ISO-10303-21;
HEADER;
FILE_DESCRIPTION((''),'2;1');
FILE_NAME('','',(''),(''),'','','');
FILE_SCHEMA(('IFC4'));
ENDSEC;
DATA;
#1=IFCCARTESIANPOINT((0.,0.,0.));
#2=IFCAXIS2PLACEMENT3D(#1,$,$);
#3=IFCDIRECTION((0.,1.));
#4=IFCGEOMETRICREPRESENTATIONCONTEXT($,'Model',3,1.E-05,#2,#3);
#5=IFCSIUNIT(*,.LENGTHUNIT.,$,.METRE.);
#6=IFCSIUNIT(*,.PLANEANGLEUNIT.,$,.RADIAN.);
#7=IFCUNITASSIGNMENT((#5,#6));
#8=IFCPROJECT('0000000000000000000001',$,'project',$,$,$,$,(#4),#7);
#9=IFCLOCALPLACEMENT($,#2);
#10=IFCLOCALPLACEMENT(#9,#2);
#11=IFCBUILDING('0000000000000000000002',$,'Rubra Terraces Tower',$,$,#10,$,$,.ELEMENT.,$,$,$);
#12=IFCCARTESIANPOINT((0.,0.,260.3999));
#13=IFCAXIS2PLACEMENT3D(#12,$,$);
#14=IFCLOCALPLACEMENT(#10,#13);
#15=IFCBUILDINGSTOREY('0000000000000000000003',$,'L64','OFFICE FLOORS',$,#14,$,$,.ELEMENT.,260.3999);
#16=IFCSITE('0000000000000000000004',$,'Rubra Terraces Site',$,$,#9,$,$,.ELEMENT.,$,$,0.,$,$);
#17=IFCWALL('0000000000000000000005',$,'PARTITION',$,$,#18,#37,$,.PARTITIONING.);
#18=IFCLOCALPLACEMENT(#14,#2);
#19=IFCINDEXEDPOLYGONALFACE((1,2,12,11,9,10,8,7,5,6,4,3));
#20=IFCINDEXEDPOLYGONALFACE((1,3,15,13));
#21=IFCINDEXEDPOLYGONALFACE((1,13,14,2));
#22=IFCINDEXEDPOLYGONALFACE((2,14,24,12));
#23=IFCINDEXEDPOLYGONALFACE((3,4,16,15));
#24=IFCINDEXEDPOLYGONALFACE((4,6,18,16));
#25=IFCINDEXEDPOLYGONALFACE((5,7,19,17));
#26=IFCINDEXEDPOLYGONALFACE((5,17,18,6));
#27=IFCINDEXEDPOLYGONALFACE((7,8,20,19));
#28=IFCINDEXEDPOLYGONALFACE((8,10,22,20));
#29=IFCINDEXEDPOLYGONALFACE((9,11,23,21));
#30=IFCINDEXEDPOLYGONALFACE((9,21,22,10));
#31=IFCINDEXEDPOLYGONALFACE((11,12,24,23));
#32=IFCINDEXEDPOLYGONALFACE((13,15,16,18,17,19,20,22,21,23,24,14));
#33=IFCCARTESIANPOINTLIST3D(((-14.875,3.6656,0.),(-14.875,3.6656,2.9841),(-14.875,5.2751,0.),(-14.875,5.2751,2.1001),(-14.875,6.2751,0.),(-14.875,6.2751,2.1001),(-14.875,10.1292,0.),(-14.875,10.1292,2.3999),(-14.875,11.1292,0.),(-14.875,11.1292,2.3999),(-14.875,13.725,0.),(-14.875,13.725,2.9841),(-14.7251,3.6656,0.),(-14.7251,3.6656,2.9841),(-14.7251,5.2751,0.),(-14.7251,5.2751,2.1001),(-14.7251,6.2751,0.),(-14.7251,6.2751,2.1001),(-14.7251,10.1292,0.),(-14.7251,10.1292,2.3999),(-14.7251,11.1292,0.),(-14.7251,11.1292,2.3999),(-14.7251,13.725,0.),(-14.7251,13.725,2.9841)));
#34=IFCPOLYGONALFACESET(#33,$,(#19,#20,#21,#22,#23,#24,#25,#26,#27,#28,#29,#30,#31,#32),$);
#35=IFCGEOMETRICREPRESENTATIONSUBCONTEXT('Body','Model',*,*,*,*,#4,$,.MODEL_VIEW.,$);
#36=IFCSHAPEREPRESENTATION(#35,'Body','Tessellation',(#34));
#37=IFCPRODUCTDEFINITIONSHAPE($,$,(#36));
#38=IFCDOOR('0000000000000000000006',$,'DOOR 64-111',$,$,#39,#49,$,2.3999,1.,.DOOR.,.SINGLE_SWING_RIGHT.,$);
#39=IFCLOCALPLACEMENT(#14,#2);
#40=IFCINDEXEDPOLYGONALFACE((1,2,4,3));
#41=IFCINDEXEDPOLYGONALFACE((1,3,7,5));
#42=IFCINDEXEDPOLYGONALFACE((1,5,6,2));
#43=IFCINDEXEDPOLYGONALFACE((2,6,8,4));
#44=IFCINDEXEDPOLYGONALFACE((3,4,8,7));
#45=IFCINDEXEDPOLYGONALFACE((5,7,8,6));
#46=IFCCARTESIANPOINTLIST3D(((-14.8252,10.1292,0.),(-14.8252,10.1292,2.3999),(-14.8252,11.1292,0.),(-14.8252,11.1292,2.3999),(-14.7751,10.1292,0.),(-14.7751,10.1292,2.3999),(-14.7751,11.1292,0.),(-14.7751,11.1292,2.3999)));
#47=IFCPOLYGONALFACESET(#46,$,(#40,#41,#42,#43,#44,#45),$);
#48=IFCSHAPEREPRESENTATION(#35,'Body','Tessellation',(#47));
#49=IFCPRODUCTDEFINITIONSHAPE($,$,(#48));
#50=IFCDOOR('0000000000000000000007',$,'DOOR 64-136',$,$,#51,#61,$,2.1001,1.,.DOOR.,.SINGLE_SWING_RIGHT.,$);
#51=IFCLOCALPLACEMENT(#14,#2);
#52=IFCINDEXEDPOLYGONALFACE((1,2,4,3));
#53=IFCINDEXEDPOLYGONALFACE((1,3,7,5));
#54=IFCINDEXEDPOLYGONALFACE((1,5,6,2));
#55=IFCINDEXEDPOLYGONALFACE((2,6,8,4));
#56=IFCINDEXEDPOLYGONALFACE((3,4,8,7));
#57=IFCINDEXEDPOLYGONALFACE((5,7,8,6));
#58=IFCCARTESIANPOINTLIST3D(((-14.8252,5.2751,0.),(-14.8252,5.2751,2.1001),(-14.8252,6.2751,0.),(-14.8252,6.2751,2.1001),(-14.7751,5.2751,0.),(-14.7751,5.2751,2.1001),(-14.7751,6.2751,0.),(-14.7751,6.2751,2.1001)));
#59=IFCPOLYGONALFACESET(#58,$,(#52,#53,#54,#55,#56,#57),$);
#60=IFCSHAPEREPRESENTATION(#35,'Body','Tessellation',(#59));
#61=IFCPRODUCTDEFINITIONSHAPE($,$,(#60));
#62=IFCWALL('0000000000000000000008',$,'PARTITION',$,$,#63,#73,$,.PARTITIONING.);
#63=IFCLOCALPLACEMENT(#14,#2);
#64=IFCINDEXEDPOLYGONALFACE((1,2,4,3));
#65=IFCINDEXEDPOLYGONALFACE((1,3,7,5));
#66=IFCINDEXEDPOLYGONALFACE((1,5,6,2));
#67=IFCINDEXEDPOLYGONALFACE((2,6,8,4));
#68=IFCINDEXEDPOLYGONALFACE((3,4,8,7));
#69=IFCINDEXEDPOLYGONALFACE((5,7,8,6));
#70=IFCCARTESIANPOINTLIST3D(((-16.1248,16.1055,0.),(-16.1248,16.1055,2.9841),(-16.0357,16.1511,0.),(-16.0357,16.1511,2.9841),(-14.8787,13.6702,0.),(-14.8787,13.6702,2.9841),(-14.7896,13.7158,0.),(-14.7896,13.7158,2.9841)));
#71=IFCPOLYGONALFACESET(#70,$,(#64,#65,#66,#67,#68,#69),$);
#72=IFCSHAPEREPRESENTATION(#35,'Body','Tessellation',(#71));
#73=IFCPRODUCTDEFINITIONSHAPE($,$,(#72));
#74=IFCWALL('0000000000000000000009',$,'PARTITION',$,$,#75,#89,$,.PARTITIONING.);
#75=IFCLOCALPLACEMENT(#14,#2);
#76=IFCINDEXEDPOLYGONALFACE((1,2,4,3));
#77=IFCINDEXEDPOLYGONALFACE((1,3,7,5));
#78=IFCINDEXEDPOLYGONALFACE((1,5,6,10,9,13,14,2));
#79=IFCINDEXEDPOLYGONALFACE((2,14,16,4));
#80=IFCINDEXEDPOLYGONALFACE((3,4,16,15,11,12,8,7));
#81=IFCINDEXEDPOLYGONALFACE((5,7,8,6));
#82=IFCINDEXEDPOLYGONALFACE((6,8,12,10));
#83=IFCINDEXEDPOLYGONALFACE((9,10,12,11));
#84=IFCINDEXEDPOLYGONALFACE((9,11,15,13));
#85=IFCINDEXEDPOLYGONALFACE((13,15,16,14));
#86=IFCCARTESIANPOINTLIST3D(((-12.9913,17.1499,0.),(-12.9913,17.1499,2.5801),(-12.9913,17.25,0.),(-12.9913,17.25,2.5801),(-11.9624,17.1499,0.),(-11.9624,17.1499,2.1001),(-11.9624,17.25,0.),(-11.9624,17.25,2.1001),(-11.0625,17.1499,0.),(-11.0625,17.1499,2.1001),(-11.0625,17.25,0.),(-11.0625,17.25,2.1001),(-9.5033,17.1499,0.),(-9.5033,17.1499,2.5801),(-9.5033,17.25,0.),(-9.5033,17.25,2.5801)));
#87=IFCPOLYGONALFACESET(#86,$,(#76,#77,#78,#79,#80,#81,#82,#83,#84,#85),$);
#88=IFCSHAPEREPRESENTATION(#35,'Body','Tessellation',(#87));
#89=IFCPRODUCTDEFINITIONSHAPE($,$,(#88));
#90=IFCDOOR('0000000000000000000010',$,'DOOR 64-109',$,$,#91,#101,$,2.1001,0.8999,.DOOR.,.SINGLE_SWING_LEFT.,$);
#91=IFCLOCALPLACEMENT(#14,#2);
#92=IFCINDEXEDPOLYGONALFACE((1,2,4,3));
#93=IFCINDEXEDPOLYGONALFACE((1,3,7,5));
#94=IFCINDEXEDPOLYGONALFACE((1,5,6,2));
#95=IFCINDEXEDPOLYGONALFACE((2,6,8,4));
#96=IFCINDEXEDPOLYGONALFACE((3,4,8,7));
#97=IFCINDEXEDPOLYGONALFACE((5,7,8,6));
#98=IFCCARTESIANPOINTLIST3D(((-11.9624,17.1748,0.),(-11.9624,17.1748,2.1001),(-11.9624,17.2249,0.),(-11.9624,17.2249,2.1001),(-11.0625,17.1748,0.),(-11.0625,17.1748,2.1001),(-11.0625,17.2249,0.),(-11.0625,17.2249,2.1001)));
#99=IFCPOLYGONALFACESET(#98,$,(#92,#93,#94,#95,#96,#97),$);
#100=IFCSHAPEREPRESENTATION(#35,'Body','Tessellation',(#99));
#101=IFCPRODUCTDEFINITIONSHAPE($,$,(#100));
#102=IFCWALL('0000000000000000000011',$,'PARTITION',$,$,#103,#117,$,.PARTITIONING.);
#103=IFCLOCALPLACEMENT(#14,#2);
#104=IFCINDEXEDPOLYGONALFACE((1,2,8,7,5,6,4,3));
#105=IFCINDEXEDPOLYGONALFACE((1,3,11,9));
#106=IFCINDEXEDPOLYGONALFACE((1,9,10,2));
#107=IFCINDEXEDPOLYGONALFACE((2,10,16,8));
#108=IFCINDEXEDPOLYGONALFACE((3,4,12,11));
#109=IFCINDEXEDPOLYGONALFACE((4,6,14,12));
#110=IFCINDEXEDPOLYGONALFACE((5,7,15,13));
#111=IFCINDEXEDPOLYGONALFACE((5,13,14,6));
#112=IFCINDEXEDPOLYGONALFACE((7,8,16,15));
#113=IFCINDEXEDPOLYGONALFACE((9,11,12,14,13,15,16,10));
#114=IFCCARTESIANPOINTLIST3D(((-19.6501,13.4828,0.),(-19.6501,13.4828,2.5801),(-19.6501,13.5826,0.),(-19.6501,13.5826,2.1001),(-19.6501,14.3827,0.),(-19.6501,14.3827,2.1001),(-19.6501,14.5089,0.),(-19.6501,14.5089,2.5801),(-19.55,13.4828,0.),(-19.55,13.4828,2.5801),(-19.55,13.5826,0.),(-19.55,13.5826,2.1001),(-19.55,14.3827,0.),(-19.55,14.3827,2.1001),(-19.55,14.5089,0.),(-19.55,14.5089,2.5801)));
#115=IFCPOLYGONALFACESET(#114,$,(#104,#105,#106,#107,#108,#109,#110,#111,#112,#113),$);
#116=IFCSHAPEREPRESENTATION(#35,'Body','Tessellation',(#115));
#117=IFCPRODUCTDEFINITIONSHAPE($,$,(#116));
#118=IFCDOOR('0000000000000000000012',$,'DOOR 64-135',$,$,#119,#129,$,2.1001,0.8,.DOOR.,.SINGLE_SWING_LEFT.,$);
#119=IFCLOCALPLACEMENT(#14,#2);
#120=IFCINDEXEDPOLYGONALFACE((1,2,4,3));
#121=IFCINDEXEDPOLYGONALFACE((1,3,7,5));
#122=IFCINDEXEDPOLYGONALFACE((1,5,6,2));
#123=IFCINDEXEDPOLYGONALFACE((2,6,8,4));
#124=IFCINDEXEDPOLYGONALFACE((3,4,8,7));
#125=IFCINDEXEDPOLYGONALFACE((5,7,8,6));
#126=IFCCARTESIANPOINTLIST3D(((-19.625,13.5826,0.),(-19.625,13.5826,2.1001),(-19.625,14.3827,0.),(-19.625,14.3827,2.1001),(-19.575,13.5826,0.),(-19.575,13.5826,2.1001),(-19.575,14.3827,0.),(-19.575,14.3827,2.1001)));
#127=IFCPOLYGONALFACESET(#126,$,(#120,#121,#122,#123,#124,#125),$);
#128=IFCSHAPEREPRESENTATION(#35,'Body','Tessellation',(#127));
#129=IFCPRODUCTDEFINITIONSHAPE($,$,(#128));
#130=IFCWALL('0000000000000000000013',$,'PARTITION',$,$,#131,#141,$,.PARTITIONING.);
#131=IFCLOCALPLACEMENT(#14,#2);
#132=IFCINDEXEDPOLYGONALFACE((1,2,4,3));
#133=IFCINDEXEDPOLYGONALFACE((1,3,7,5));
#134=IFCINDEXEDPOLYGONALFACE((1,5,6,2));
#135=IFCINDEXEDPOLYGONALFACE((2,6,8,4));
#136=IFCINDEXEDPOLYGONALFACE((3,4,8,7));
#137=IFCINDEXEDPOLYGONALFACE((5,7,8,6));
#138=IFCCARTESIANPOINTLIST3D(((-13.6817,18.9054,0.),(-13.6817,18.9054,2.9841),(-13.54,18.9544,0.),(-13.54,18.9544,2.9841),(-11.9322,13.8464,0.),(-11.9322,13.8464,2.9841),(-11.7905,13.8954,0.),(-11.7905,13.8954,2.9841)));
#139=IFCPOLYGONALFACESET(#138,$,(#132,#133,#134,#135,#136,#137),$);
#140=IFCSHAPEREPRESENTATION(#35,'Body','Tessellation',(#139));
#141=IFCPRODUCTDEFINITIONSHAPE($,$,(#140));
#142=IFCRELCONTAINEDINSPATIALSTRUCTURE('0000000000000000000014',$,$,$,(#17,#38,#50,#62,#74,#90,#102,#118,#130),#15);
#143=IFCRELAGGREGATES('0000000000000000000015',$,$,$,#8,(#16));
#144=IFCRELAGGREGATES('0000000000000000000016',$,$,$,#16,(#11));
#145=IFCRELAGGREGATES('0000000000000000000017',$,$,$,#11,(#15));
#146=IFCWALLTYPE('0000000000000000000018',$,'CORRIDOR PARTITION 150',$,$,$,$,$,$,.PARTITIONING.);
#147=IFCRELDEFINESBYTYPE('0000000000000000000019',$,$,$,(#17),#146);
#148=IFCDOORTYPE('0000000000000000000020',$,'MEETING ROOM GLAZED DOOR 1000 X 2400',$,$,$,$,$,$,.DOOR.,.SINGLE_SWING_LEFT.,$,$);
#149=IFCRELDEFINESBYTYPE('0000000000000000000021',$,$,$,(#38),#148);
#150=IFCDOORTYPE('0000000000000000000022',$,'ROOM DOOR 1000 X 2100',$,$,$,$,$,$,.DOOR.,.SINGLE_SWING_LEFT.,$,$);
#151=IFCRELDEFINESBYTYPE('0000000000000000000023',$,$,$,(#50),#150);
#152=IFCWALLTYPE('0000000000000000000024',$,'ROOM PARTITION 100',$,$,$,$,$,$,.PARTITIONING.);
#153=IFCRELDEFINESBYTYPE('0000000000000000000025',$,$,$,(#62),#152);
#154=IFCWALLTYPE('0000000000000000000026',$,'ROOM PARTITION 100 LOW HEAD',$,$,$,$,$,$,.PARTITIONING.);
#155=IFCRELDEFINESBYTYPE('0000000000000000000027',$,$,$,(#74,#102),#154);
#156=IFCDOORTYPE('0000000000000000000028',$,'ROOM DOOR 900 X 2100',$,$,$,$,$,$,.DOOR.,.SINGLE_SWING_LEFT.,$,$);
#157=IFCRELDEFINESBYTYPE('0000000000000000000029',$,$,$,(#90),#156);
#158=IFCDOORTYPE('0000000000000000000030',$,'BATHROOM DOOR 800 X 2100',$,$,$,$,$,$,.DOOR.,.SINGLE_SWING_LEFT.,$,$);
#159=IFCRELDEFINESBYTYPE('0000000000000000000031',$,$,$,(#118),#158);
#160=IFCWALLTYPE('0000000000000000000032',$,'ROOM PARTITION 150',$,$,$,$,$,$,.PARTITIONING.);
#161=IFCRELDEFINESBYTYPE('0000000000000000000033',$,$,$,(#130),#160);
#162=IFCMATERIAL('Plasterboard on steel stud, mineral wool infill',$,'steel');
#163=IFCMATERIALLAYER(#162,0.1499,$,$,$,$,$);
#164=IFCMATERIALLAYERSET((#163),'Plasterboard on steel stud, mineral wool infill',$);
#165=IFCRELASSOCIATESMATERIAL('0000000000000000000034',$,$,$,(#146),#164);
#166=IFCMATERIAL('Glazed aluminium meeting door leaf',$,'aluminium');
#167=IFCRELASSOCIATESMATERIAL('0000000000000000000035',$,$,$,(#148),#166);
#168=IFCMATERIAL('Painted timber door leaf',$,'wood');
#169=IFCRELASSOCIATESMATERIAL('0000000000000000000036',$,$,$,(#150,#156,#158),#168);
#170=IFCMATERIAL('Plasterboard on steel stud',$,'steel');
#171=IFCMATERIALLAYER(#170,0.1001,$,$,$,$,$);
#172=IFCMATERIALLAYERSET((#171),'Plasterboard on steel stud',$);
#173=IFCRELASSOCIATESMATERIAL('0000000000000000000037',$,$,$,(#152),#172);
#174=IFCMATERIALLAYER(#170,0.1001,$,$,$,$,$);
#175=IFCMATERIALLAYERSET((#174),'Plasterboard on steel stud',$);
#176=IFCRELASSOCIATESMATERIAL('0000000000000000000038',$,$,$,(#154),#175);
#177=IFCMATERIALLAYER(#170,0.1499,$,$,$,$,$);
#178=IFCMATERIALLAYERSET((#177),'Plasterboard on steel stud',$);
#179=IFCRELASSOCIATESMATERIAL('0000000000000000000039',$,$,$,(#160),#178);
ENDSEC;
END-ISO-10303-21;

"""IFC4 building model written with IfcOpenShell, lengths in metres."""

from ifc_helpers import new_model, si_unit, direction, frame, frame_2d, origin, place, context, subcontext, project, spatial, rectangle, extrude, material, layer, layer_set, type_object, element, fill, save


model = new_model("IFC4")

# Units and contexts
model_context = context("Model", 3, precision=1e-05, world=origin(), true_north=direction((0.0, 1.0)))
body_context = subcontext(model_context, "Body", "Model", "MODEL_VIEW")
ifc_project = project(units=[si_unit("LENGTHUNIT", "METRE"), si_unit("PLANEANGLEUNIT", "RADIAN")], contexts=[model_context])

# Site, building, storey
site_placement = place(None, origin())
site = spatial("IfcSite", under=ifc_project, at=site_placement, Name="Rubra Terraces Site", CompositionType="ELEMENT", RefElevation=0.0)
building_placement = place(site_placement, origin())
building = spatial("IfcBuilding", under=site, at=building_placement, Name="Rubra Terraces Tower", CompositionType="ELEMENT")
storey_placement = place(building_placement, frame((0.0, 0.0, 260.3999)))
storey = spatial("IfcBuildingStorey", under=building, at=storey_placement, Name="L64", Description="OFFICE FLOORS", CompositionType="ELEMENT", Elevation=260.3999)

# Wall, openings, doors
ifc_material_1 = material(Name="Plasterboard on steel stud, mineral wool infill", Category="steel")
ifc_layer_1 = layer(ifc_material_1, 0.1499)
ifc_layer_set_1 = layer_set([ifc_layer_1], Name="Plasterboard on steel stud, mineral wool infill")
wall_type_1 = type_object("IfcWallType", Name="CORRIDOR PARTITION 150", PredefinedType="PARTITIONING", material=ifc_layer_set_1)
wall_1_placement = place(storey_placement, frame((-14.8, 13.7251, 0.0), z_axis=(0.0, 0.0, 1.0), x_axis=(0.0, -1.0, 0.0)))
wall_1 = element("IfcWall", 1, at=wall_1_placement, inside=storey, type_object=wall_type_1, Name="PARTITION", PredefinedType="PARTITIONING", context=body_context, shape_type="SweptSolid", body=[
    extrude(rectangle(XDim=10.0593, YDim=0.1499, at=frame_2d((5.0298, 0.0))), origin(), (0.0, 0.0, 1.0), 2.9841),
])
opening_1_placement = place(wall_1_placement, frame((2.5959, 0.0, 0.0)))
opening_1 = element("IfcOpeningElement", 2, at=opening_1_placement, cuts=wall_1, PredefinedType="OPENING", context=body_context, shape_type="SweptSolid", body=[
    extrude(rectangle(XDim=1.0, YDim=2.3999, at=frame_2d((0.5, 1.2))), frame((0.0, 0.085, 0.0), z_axis=(0.0, -1.0, 0.0), x_axis=(1.0, 0.0, 0.0)), (0.0, 0.0, 1.0), 0.1699),
])
opening_2_placement = place(wall_1_placement, frame((7.45, 0.0, 0.0)))
opening_2 = element("IfcOpeningElement", 3, at=opening_2_placement, cuts=wall_1, PredefinedType="OPENING", context=body_context, shape_type="SweptSolid", body=[
    extrude(rectangle(XDim=1.0, YDim=2.1001, at=frame_2d((0.5, 1.05))), frame((0.0, 0.085, 0.0), z_axis=(0.0, -1.0, 0.0), x_axis=(1.0, 0.0, 0.0)), (0.0, 0.0, 1.0), 0.1699),
])
ifc_material_2 = material(Name="Glazed aluminium meeting door leaf", Category="aluminium")
door_type_1 = type_object("IfcDoorType", Name="MEETING ROOM GLAZED DOOR 1000 X 2400", OperationType="SINGLE_SWING_LEFT", PredefinedType="DOOR", material=ifc_material_2)
door_1_placement = place(opening_1_placement, origin())
door_1 = element("IfcDoor", 4, at=door_1_placement, inside=storey, type_object=door_type_1, Name="DOOR 64-111", OperationType="SINGLE_SWING_RIGHT", OverallHeight=2.3999, OverallWidth=1.0, PredefinedType="DOOR", context=body_context, shape_type="SweptSolid", body=[
    extrude(rectangle(XDim=1.0, YDim=2.3999, at=frame_2d((0.5, 1.2))), frame((0.0, 0.0249, 0.0), z_axis=(0.0, -1.0, 0.0), x_axis=(1.0, 0.0, 0.0)), (0.0, 0.0, 1.0), 0.05),
])
fill(opening_1, door_1)
ifc_material_3 = material(Name="Painted timber door leaf", Category="wood")
door_type_2 = type_object("IfcDoorType", Name="ROOM DOOR 1000 X 2100", OperationType="SINGLE_SWING_LEFT", PredefinedType="DOOR", material=ifc_material_3)
door_2_placement = place(opening_2_placement, origin())
door_2 = element("IfcDoor", 5, at=door_2_placement, inside=storey, type_object=door_type_2, Name="DOOR 64-136", OperationType="SINGLE_SWING_RIGHT", OverallHeight=2.1001, OverallWidth=1.0, PredefinedType="DOOR", context=body_context, shape_type="SweptSolid", body=[
    extrude(rectangle(XDim=1.0, YDim=2.1001, at=frame_2d((0.5, 1.05))), frame((0.0, 0.0249, 0.0), z_axis=(0.0, -1.0, 0.0), x_axis=(1.0, 0.0, 0.0)), (0.0, 0.0, 1.0), 0.05),
])
fill(opening_2, door_2)

# Wall
ifc_material_4 = material(Name="Plasterboard on steel stud", Category="steel")
ifc_layer_2 = layer(ifc_material_4, 0.1001)
ifc_layer_set_2 = layer_set([ifc_layer_2], Name="Plasterboard on steel stud")
wall_type_2 = type_object("IfcWallType", Name="ROOM PARTITION 100", PredefinedType="PARTITIONING", material=ifc_layer_set_2)
wall_2_placement = place(storey_placement, frame((-14.8342, 13.6931, 0.0), z_axis=(0.0, 0.0, 1.0), x_axis=(-0.455512, 0.89023, 0.0)))
element("IfcWall", 6, at=wall_2_placement, inside=storey, type_object=wall_type_2, Name="PARTITION", PredefinedType="PARTITIONING", context=body_context, shape_type="SweptSolid", body=[
    extrude(rectangle(XDim=2.7356, YDim=0.1001, at=frame_2d((1.3677, 0.0))), origin(), (0.0, 0.0, 1.0), 2.9841),
])

# Walls, openings, doors
ifc_layer_3 = layer(ifc_material_4, 0.1001)
ifc_layer_set_3 = layer_set([ifc_layer_3], Name="Plasterboard on steel stud")
wall_type_3 = type_object("IfcWallType", Name="ROOM PARTITION 100 LOW HEAD", PredefinedType="PARTITIONING", material=ifc_layer_set_3)
wall_3_placement = place(storey_placement, frame((-12.9915, 17.2, 0.0), z_axis=(0.0, 0.0, 1.0), x_axis=(1.0, 0.0, 0.0)))
wall_3 = element("IfcWall", 7, at=wall_3_placement, inside=storey, type_object=wall_type_3, Name="PARTITION", PredefinedType="PARTITIONING", context=body_context, shape_type="SweptSolid", body=[
    extrude(rectangle(XDim=3.488, YDim=0.1001, at=frame_2d((1.7441, 0.0))), origin(), (0.0, 0.0, 1.0), 2.5801),
])
opening_3_placement = place(wall_3_placement, frame((1.0291, 0.0, 0.0)))
opening_3 = element("IfcOpeningElement", 8, at=opening_3_placement, cuts=wall_3, PredefinedType="OPENING", context=body_context, shape_type="SweptSolid", body=[
    extrude(rectangle(XDim=0.8999, YDim=2.1001, at=frame_2d((0.45, 1.05))), frame((0.0, 0.0601, 0.0), z_axis=(0.0, -1.0, 0.0), x_axis=(1.0, 0.0, 0.0)), (0.0, 0.0, 1.0), 0.1201),
])
door_type_3 = type_object("IfcDoorType", Name="ROOM DOOR 900 X 2100", OperationType="SINGLE_SWING_LEFT", PredefinedType="DOOR", material=ifc_material_3)
door_3_placement = place(opening_3_placement, origin())
door_3 = element("IfcDoor", 9, at=door_3_placement, inside=storey, type_object=door_type_3, Name="DOOR 64-109", OperationType="SINGLE_SWING_LEFT", OverallHeight=2.1001, OverallWidth=0.8999, PredefinedType="DOOR", context=body_context, shape_type="SweptSolid", body=[
    extrude(rectangle(XDim=0.8999, YDim=2.1001, at=frame_2d((0.45, 1.05))), frame((0.0, 0.0249, 0.0), z_axis=(0.0, -1.0, 0.0), x_axis=(1.0, 0.0, 0.0)), (0.0, 0.0, 1.0), 0.05),
])
fill(opening_3, door_3)
wall_4_placement = place(storey_placement, frame((-19.6001, 13.4827, 0.0), z_axis=(0.0, 0.0, 1.0), x_axis=(0.0, 1.0, 0.0)))
wall_4 = element("IfcWall", 10, at=wall_4_placement, inside=storey, type_object=wall_type_3, Name="PARTITION", PredefinedType="PARTITIONING", context=body_context, shape_type="SweptSolid", body=[
    extrude(rectangle(XDim=1.0261, YDim=0.1001, at=frame_2d((0.5132, 0.0))), origin(), (0.0, 0.0, 1.0), 2.5801),
])
opening_4_placement = place(wall_4_placement, frame((0.1001, 0.0, 0.0)))
opening_4 = element("IfcOpeningElement", 11, at=opening_4_placement, cuts=wall_4, PredefinedType="OPENING", context=body_context, shape_type="SweptSolid", body=[
    extrude(rectangle(XDim=0.8, YDim=2.1001, at=frame_2d((0.3999, 1.05))), frame((0.0, 0.0601, 0.0), z_axis=(0.0, -1.0, 0.0), x_axis=(1.0, 0.0, 0.0)), (0.0, 0.0, 1.0), 0.1201),
])
door_type_4 = type_object("IfcDoorType", Name="BATHROOM DOOR 800 X 2100", OperationType="SINGLE_SWING_LEFT", PredefinedType="DOOR", material=ifc_material_3)
door_4_placement = place(opening_4_placement, origin())
door_4 = element("IfcDoor", 12, at=door_4_placement, inside=storey, type_object=door_type_4, Name="DOOR 64-135", OperationType="SINGLE_SWING_LEFT", OverallHeight=2.1001, OverallWidth=0.8, PredefinedType="DOOR", context=body_context, shape_type="SweptSolid", body=[
    extrude(rectangle(XDim=0.8, YDim=2.1001, at=frame_2d((0.3999, 1.05))), frame((0.0, 0.0249, 0.0), z_axis=(0.0, -1.0, 0.0), x_axis=(1.0, 0.0, 0.0)), (0.0, 0.0, 1.0), 0.05),
])
fill(opening_4, door_4)

# Wall
ifc_layer_4 = layer(ifc_material_4, 0.1499)
ifc_layer_set_4 = layer_set([ifc_layer_4], Name="Plasterboard on steel stud")
wall_type_4 = type_object("IfcWallType", Name="ROOM PARTITION 150", PredefinedType="PARTITIONING", material=ifc_layer_set_4)
wall_5_placement = place(storey_placement, frame((-13.6108, 18.9299, 0.0), z_axis=(0.0, 0.0, 1.0), x_axis=(0.326825, -0.945085, 0.0)))
element("IfcWall", 13, at=wall_5_placement, inside=storey, type_object=wall_type_4, Name="PARTITION", PredefinedType="PARTITIONING", context=body_context, shape_type="SweptSolid", body=[
    extrude(rectangle(XDim=5.353, YDim=0.1499, at=frame_2d((2.6765, 0.0))), origin(), (0.0, 0.0, 1.0), 2.9841),
])

save(model, "model.ifc")
